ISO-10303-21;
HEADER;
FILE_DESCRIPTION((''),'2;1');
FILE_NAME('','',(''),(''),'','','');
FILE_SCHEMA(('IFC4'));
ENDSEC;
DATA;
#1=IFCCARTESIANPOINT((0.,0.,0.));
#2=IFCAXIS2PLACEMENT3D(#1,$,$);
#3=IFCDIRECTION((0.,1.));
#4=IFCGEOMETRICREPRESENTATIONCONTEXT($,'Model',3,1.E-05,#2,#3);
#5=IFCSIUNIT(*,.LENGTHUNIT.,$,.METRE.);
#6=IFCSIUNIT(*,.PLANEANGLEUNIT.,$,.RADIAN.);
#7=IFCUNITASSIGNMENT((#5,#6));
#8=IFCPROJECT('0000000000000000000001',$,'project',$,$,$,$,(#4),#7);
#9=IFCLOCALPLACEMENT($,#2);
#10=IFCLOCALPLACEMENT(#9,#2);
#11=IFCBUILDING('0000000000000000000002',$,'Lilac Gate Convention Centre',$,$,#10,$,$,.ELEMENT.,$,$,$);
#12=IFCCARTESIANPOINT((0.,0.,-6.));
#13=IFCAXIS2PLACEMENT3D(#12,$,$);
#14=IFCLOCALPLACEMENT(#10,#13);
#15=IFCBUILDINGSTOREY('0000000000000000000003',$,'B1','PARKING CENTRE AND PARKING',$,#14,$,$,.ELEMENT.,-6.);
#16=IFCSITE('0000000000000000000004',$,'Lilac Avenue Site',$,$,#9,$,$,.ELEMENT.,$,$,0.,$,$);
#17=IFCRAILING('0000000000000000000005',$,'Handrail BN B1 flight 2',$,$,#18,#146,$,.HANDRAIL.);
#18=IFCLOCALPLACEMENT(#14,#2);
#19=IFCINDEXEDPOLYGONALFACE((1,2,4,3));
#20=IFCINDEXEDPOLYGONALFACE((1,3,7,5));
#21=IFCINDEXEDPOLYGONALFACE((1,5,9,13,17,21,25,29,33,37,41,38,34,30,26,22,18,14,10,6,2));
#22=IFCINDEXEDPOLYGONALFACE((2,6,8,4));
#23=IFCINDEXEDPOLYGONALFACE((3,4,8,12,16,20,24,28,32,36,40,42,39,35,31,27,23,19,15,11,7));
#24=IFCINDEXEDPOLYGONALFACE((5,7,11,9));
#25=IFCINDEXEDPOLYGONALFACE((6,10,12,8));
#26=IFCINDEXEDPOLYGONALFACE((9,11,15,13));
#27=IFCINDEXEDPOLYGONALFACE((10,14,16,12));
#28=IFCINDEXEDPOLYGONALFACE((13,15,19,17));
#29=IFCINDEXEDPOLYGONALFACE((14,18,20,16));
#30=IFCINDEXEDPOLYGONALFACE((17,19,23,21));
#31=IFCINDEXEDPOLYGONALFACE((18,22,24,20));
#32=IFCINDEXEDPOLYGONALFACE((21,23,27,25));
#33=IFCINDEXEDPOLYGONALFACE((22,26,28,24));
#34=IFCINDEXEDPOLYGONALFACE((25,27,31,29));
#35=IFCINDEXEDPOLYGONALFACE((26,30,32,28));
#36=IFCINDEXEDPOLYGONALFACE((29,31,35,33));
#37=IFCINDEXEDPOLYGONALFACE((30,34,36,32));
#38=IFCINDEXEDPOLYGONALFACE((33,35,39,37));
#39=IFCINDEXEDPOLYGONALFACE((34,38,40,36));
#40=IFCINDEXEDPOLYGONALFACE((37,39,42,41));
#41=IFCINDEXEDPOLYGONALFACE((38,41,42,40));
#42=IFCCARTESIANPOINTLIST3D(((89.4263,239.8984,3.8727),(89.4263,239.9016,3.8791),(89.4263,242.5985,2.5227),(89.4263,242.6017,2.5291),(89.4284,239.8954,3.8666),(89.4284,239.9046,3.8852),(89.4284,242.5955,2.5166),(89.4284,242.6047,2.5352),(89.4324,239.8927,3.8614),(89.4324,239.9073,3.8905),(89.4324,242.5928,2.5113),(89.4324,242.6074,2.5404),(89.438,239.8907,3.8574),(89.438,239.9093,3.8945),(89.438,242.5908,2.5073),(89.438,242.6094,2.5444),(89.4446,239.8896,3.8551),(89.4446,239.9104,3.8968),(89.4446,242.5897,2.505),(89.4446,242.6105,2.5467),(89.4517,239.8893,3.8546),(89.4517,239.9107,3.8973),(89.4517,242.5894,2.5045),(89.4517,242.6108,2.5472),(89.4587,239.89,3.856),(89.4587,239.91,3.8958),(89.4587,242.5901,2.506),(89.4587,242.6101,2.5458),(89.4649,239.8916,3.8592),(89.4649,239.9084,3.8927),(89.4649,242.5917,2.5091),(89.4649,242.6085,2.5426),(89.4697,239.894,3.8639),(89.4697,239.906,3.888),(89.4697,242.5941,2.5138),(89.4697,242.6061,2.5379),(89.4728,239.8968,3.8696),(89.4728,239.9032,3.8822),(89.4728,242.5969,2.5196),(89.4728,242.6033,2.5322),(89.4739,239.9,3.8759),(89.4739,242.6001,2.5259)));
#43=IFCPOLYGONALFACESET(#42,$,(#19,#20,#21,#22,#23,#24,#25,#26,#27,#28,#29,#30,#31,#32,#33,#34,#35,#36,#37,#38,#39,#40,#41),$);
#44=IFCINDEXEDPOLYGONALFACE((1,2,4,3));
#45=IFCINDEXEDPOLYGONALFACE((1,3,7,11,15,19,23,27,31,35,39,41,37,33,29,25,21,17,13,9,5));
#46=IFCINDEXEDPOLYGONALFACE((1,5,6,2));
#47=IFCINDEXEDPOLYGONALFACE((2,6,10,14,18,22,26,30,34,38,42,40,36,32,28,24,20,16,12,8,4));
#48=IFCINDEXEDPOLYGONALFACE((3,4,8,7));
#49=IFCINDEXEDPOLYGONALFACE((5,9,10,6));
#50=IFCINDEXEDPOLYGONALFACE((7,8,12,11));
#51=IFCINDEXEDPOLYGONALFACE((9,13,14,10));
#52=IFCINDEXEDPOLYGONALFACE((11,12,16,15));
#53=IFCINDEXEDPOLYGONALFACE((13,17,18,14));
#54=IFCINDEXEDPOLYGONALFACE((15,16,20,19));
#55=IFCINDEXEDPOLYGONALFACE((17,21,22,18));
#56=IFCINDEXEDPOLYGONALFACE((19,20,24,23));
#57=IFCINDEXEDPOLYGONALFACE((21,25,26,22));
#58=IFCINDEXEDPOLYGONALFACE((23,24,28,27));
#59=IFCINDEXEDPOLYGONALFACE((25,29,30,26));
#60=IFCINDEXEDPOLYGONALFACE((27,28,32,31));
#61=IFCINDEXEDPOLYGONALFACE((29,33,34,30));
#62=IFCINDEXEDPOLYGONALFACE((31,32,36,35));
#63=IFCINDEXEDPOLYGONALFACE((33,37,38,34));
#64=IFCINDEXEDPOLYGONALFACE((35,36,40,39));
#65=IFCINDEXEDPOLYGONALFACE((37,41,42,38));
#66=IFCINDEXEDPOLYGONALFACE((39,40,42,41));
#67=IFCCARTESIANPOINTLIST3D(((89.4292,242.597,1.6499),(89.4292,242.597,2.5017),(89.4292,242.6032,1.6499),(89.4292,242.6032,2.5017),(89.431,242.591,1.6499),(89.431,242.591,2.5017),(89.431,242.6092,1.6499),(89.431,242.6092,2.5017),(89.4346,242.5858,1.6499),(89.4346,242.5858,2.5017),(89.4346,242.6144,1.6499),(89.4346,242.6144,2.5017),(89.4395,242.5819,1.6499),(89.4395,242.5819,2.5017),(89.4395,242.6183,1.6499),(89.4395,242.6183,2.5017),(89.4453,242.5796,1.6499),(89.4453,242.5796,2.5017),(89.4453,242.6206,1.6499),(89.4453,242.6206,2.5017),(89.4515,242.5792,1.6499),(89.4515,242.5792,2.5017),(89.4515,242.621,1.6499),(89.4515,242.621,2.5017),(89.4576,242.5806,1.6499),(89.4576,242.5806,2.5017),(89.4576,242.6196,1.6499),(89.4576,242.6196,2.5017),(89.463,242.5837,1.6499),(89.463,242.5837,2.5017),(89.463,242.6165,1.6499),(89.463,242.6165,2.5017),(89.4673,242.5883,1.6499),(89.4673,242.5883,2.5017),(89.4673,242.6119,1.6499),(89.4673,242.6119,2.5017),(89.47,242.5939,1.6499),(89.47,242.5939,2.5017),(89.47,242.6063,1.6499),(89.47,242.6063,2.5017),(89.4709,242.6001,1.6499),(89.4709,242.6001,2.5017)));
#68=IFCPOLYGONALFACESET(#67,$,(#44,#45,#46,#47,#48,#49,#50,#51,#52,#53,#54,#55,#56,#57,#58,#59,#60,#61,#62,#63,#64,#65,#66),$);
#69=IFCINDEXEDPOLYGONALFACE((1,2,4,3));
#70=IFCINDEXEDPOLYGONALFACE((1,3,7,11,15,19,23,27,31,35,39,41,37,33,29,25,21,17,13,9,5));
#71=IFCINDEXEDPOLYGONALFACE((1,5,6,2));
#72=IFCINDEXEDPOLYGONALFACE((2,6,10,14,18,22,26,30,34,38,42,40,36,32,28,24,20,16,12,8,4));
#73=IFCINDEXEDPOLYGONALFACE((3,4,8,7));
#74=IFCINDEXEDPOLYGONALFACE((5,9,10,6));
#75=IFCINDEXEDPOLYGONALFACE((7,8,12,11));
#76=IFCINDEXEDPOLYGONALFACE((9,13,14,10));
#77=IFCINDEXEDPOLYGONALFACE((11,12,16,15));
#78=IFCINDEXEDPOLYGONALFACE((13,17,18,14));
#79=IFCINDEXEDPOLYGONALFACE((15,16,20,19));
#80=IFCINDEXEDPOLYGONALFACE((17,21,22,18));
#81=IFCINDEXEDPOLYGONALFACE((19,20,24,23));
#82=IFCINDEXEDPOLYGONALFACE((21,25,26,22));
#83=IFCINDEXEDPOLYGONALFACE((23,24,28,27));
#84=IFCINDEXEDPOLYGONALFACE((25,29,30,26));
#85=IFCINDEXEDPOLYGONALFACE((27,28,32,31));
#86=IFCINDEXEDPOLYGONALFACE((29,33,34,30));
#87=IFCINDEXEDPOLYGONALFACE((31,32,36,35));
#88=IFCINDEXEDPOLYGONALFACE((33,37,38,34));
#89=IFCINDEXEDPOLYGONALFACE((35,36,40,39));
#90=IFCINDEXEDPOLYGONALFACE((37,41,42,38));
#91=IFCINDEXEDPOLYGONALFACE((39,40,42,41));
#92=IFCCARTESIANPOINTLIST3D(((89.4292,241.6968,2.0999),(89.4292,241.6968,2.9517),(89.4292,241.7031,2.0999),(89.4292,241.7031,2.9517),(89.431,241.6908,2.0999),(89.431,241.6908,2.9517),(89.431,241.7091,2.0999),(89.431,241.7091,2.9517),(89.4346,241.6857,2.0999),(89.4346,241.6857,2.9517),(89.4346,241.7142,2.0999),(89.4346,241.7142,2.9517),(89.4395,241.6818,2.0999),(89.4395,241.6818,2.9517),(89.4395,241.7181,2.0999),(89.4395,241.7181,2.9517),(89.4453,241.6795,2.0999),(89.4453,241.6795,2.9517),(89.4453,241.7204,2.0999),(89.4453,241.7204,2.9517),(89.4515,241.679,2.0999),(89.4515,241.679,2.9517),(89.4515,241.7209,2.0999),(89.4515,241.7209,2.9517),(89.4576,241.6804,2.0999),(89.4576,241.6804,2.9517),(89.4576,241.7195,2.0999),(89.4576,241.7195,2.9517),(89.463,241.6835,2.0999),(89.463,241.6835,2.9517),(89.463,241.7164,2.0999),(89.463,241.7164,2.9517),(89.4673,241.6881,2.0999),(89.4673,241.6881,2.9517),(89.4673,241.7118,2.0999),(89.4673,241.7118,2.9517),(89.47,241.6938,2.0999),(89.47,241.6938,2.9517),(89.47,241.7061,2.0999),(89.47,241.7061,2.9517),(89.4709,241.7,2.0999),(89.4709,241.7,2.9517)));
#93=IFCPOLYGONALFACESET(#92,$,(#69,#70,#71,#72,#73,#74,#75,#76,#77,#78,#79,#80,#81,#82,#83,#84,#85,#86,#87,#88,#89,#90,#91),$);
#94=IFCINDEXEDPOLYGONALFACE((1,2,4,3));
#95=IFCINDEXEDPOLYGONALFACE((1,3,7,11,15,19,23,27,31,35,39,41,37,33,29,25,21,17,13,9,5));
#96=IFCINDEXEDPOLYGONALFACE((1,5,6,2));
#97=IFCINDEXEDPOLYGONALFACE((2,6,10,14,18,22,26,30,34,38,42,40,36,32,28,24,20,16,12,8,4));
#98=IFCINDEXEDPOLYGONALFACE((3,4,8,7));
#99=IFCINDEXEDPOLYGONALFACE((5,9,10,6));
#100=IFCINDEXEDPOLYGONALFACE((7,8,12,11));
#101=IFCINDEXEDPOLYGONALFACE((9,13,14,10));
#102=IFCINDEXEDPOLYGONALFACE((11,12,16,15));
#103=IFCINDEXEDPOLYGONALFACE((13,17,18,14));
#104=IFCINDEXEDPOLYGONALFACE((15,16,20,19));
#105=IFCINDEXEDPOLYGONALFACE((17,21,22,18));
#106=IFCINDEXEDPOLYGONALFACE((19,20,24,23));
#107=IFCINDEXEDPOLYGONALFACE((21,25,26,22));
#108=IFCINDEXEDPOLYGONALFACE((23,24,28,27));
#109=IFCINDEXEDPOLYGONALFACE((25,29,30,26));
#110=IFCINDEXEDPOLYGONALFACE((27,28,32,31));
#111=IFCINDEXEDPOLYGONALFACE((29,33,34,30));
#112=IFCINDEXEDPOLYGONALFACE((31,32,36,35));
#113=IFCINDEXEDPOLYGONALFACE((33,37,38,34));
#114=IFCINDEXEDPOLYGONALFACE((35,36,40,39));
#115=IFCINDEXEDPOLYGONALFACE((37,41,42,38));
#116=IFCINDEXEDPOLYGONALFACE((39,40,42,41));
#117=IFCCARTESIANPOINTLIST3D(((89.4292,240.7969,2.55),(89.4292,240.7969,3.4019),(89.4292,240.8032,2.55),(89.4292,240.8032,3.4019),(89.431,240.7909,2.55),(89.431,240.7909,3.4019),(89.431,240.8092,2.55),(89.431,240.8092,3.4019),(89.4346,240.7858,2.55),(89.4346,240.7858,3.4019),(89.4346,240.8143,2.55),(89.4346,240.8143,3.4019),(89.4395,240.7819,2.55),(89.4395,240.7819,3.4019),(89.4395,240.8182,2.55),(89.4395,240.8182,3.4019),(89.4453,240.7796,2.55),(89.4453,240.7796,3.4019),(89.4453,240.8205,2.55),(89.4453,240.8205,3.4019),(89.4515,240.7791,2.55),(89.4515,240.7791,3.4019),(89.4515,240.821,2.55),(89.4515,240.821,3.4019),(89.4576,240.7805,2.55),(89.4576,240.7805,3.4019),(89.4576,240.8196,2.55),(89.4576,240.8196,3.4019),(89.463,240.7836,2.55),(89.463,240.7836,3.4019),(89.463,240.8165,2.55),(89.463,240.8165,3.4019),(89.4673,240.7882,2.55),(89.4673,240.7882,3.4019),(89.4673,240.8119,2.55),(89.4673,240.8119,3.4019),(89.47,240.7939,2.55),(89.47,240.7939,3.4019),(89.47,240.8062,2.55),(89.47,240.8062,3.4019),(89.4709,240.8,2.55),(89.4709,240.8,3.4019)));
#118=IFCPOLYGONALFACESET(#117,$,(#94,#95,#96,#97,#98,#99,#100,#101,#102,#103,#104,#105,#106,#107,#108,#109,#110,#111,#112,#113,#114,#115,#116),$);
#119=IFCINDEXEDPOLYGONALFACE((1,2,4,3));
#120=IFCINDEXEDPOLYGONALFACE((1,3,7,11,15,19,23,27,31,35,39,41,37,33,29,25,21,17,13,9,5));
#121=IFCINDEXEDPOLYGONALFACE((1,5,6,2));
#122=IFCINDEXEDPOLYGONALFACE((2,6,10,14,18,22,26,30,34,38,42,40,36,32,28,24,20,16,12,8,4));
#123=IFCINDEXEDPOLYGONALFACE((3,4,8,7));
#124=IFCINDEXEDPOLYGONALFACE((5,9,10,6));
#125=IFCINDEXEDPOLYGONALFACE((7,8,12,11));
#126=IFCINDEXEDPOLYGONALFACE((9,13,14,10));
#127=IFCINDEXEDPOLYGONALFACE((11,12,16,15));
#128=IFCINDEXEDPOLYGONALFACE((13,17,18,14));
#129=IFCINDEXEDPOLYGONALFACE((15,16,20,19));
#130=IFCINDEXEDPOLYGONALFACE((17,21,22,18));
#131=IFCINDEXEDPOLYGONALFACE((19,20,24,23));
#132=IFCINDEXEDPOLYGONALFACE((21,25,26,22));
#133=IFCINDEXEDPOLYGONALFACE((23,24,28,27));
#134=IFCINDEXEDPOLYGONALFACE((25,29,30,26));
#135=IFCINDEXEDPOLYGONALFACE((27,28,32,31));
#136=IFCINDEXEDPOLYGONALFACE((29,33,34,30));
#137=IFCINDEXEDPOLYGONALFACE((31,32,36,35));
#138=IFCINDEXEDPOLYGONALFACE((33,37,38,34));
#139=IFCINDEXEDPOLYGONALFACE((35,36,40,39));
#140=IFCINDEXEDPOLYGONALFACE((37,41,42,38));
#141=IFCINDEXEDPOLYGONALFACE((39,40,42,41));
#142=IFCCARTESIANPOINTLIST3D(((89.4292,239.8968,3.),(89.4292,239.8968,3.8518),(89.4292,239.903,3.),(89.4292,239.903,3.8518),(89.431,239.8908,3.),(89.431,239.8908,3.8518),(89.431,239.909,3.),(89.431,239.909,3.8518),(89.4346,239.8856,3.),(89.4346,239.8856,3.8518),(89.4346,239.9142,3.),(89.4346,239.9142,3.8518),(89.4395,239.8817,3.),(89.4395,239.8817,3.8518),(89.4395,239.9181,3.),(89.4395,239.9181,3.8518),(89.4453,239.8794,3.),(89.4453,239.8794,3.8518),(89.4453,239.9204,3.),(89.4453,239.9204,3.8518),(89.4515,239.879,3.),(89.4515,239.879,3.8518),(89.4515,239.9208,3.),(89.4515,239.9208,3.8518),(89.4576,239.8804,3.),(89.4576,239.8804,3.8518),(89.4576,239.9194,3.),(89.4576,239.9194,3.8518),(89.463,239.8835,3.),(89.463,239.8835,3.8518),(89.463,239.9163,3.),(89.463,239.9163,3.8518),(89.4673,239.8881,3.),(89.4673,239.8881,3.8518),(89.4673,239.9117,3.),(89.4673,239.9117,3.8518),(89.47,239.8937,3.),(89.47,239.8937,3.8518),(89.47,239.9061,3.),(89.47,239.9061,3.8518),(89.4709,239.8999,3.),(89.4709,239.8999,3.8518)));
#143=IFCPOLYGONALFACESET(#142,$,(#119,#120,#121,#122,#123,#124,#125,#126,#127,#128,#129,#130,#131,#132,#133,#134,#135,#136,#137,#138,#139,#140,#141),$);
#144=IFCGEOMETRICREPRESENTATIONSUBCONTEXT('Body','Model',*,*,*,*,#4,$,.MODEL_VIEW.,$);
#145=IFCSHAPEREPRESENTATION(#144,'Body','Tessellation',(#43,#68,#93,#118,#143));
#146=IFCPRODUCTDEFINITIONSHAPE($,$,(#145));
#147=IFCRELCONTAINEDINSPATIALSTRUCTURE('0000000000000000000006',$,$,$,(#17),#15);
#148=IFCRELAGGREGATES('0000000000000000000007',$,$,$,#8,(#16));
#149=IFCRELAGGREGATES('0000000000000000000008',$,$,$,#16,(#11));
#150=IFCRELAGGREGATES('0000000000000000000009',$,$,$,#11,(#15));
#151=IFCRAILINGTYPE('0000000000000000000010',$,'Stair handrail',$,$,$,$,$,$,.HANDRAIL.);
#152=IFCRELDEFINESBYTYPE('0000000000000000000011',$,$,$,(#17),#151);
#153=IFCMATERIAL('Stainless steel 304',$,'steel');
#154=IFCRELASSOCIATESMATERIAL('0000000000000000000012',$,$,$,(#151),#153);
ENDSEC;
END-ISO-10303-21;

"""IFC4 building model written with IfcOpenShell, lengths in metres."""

from ifc_helpers import new_model, si_unit, direction, frame, origin, origin_2d, place, context, subcontext, project, spatial, circle, extrude, material, type_object, element, save


model = new_model("IFC4")

# Units and contexts
model_context = context("Model", 3, precision=1e-05, world=origin(), true_north=direction((0.0, 1.0)))
body_context = subcontext(model_context, "Body", "Model", "MODEL_VIEW")
ifc_project = project(units=[si_unit("LENGTHUNIT", "METRE"), si_unit("PLANEANGLEUNIT", "RADIAN")], contexts=[model_context])

# Site, building, storey
site_placement = place(None, origin())
site = spatial("IfcSite", under=ifc_project, at=site_placement, Name="Lilac Avenue Site", CompositionType="ELEMENT", RefElevation=0.0)
building_placement = place(site_placement, origin())
building = spatial("IfcBuilding", under=site, at=building_placement, Name="Lilac Gate Convention Centre", CompositionType="ELEMENT")
storey_placement = place(building_placement, frame((0.0, 0.0, -6.0)))
storey = spatial("IfcBuildingStorey", under=building, at=storey_placement, Name="B1", Description="PARKING CENTRE AND PARKING", CompositionType="ELEMENT", Elevation=-6.0)

# Railing
ifc_material_1 = material(Name="Stainless steel 304", Category="steel")
railing_type = type_object("IfcRailingType", Name="Stair handrail", PredefinedType="HANDRAIL", material=ifc_material_1)
for number, where, name in (
    (1, (89.45, 242.6001, 1.6499), "Handrail BN B1 flight 2"),
):
    element("IfcRailing", number, at=place(storey_placement, frame(where)), inside=storey, type_object=railing_type, Name=name, PredefinedType="HANDRAIL", context=body_context, shape_type="SweptSolid", body=[
        extrude(circle(Radius=0.0239, at=origin_2d()), frame((0.0, 0.0, 0.876), z_axis=(0.0, -0.894427, 0.447214), x_axis=(1.0, 0.0, 0.0)), (0.0, 0.0, 1.0), 3.0188),
        extrude(circle(Radius=0.021, at=origin_2d()), origin(), (0.0, 0.0, 1.0), 0.8518),
        extrude(circle(Radius=0.021, at=origin_2d()), frame((0.0, -0.9001, 0.45)), (0.0, 0.0, 1.0), 0.8518),
        extrude(circle(Radius=0.021, at=origin_2d()), frame((0.0, -1.8, 0.9001)), (0.0, 0.0, 1.0), 0.8518),
        extrude(circle(Radius=0.021, at=origin_2d()), frame((0.0, -2.7002, 1.3501)), (0.0, 0.0, 1.0), 0.8518),
    ])

save(model, "model.ifc")
